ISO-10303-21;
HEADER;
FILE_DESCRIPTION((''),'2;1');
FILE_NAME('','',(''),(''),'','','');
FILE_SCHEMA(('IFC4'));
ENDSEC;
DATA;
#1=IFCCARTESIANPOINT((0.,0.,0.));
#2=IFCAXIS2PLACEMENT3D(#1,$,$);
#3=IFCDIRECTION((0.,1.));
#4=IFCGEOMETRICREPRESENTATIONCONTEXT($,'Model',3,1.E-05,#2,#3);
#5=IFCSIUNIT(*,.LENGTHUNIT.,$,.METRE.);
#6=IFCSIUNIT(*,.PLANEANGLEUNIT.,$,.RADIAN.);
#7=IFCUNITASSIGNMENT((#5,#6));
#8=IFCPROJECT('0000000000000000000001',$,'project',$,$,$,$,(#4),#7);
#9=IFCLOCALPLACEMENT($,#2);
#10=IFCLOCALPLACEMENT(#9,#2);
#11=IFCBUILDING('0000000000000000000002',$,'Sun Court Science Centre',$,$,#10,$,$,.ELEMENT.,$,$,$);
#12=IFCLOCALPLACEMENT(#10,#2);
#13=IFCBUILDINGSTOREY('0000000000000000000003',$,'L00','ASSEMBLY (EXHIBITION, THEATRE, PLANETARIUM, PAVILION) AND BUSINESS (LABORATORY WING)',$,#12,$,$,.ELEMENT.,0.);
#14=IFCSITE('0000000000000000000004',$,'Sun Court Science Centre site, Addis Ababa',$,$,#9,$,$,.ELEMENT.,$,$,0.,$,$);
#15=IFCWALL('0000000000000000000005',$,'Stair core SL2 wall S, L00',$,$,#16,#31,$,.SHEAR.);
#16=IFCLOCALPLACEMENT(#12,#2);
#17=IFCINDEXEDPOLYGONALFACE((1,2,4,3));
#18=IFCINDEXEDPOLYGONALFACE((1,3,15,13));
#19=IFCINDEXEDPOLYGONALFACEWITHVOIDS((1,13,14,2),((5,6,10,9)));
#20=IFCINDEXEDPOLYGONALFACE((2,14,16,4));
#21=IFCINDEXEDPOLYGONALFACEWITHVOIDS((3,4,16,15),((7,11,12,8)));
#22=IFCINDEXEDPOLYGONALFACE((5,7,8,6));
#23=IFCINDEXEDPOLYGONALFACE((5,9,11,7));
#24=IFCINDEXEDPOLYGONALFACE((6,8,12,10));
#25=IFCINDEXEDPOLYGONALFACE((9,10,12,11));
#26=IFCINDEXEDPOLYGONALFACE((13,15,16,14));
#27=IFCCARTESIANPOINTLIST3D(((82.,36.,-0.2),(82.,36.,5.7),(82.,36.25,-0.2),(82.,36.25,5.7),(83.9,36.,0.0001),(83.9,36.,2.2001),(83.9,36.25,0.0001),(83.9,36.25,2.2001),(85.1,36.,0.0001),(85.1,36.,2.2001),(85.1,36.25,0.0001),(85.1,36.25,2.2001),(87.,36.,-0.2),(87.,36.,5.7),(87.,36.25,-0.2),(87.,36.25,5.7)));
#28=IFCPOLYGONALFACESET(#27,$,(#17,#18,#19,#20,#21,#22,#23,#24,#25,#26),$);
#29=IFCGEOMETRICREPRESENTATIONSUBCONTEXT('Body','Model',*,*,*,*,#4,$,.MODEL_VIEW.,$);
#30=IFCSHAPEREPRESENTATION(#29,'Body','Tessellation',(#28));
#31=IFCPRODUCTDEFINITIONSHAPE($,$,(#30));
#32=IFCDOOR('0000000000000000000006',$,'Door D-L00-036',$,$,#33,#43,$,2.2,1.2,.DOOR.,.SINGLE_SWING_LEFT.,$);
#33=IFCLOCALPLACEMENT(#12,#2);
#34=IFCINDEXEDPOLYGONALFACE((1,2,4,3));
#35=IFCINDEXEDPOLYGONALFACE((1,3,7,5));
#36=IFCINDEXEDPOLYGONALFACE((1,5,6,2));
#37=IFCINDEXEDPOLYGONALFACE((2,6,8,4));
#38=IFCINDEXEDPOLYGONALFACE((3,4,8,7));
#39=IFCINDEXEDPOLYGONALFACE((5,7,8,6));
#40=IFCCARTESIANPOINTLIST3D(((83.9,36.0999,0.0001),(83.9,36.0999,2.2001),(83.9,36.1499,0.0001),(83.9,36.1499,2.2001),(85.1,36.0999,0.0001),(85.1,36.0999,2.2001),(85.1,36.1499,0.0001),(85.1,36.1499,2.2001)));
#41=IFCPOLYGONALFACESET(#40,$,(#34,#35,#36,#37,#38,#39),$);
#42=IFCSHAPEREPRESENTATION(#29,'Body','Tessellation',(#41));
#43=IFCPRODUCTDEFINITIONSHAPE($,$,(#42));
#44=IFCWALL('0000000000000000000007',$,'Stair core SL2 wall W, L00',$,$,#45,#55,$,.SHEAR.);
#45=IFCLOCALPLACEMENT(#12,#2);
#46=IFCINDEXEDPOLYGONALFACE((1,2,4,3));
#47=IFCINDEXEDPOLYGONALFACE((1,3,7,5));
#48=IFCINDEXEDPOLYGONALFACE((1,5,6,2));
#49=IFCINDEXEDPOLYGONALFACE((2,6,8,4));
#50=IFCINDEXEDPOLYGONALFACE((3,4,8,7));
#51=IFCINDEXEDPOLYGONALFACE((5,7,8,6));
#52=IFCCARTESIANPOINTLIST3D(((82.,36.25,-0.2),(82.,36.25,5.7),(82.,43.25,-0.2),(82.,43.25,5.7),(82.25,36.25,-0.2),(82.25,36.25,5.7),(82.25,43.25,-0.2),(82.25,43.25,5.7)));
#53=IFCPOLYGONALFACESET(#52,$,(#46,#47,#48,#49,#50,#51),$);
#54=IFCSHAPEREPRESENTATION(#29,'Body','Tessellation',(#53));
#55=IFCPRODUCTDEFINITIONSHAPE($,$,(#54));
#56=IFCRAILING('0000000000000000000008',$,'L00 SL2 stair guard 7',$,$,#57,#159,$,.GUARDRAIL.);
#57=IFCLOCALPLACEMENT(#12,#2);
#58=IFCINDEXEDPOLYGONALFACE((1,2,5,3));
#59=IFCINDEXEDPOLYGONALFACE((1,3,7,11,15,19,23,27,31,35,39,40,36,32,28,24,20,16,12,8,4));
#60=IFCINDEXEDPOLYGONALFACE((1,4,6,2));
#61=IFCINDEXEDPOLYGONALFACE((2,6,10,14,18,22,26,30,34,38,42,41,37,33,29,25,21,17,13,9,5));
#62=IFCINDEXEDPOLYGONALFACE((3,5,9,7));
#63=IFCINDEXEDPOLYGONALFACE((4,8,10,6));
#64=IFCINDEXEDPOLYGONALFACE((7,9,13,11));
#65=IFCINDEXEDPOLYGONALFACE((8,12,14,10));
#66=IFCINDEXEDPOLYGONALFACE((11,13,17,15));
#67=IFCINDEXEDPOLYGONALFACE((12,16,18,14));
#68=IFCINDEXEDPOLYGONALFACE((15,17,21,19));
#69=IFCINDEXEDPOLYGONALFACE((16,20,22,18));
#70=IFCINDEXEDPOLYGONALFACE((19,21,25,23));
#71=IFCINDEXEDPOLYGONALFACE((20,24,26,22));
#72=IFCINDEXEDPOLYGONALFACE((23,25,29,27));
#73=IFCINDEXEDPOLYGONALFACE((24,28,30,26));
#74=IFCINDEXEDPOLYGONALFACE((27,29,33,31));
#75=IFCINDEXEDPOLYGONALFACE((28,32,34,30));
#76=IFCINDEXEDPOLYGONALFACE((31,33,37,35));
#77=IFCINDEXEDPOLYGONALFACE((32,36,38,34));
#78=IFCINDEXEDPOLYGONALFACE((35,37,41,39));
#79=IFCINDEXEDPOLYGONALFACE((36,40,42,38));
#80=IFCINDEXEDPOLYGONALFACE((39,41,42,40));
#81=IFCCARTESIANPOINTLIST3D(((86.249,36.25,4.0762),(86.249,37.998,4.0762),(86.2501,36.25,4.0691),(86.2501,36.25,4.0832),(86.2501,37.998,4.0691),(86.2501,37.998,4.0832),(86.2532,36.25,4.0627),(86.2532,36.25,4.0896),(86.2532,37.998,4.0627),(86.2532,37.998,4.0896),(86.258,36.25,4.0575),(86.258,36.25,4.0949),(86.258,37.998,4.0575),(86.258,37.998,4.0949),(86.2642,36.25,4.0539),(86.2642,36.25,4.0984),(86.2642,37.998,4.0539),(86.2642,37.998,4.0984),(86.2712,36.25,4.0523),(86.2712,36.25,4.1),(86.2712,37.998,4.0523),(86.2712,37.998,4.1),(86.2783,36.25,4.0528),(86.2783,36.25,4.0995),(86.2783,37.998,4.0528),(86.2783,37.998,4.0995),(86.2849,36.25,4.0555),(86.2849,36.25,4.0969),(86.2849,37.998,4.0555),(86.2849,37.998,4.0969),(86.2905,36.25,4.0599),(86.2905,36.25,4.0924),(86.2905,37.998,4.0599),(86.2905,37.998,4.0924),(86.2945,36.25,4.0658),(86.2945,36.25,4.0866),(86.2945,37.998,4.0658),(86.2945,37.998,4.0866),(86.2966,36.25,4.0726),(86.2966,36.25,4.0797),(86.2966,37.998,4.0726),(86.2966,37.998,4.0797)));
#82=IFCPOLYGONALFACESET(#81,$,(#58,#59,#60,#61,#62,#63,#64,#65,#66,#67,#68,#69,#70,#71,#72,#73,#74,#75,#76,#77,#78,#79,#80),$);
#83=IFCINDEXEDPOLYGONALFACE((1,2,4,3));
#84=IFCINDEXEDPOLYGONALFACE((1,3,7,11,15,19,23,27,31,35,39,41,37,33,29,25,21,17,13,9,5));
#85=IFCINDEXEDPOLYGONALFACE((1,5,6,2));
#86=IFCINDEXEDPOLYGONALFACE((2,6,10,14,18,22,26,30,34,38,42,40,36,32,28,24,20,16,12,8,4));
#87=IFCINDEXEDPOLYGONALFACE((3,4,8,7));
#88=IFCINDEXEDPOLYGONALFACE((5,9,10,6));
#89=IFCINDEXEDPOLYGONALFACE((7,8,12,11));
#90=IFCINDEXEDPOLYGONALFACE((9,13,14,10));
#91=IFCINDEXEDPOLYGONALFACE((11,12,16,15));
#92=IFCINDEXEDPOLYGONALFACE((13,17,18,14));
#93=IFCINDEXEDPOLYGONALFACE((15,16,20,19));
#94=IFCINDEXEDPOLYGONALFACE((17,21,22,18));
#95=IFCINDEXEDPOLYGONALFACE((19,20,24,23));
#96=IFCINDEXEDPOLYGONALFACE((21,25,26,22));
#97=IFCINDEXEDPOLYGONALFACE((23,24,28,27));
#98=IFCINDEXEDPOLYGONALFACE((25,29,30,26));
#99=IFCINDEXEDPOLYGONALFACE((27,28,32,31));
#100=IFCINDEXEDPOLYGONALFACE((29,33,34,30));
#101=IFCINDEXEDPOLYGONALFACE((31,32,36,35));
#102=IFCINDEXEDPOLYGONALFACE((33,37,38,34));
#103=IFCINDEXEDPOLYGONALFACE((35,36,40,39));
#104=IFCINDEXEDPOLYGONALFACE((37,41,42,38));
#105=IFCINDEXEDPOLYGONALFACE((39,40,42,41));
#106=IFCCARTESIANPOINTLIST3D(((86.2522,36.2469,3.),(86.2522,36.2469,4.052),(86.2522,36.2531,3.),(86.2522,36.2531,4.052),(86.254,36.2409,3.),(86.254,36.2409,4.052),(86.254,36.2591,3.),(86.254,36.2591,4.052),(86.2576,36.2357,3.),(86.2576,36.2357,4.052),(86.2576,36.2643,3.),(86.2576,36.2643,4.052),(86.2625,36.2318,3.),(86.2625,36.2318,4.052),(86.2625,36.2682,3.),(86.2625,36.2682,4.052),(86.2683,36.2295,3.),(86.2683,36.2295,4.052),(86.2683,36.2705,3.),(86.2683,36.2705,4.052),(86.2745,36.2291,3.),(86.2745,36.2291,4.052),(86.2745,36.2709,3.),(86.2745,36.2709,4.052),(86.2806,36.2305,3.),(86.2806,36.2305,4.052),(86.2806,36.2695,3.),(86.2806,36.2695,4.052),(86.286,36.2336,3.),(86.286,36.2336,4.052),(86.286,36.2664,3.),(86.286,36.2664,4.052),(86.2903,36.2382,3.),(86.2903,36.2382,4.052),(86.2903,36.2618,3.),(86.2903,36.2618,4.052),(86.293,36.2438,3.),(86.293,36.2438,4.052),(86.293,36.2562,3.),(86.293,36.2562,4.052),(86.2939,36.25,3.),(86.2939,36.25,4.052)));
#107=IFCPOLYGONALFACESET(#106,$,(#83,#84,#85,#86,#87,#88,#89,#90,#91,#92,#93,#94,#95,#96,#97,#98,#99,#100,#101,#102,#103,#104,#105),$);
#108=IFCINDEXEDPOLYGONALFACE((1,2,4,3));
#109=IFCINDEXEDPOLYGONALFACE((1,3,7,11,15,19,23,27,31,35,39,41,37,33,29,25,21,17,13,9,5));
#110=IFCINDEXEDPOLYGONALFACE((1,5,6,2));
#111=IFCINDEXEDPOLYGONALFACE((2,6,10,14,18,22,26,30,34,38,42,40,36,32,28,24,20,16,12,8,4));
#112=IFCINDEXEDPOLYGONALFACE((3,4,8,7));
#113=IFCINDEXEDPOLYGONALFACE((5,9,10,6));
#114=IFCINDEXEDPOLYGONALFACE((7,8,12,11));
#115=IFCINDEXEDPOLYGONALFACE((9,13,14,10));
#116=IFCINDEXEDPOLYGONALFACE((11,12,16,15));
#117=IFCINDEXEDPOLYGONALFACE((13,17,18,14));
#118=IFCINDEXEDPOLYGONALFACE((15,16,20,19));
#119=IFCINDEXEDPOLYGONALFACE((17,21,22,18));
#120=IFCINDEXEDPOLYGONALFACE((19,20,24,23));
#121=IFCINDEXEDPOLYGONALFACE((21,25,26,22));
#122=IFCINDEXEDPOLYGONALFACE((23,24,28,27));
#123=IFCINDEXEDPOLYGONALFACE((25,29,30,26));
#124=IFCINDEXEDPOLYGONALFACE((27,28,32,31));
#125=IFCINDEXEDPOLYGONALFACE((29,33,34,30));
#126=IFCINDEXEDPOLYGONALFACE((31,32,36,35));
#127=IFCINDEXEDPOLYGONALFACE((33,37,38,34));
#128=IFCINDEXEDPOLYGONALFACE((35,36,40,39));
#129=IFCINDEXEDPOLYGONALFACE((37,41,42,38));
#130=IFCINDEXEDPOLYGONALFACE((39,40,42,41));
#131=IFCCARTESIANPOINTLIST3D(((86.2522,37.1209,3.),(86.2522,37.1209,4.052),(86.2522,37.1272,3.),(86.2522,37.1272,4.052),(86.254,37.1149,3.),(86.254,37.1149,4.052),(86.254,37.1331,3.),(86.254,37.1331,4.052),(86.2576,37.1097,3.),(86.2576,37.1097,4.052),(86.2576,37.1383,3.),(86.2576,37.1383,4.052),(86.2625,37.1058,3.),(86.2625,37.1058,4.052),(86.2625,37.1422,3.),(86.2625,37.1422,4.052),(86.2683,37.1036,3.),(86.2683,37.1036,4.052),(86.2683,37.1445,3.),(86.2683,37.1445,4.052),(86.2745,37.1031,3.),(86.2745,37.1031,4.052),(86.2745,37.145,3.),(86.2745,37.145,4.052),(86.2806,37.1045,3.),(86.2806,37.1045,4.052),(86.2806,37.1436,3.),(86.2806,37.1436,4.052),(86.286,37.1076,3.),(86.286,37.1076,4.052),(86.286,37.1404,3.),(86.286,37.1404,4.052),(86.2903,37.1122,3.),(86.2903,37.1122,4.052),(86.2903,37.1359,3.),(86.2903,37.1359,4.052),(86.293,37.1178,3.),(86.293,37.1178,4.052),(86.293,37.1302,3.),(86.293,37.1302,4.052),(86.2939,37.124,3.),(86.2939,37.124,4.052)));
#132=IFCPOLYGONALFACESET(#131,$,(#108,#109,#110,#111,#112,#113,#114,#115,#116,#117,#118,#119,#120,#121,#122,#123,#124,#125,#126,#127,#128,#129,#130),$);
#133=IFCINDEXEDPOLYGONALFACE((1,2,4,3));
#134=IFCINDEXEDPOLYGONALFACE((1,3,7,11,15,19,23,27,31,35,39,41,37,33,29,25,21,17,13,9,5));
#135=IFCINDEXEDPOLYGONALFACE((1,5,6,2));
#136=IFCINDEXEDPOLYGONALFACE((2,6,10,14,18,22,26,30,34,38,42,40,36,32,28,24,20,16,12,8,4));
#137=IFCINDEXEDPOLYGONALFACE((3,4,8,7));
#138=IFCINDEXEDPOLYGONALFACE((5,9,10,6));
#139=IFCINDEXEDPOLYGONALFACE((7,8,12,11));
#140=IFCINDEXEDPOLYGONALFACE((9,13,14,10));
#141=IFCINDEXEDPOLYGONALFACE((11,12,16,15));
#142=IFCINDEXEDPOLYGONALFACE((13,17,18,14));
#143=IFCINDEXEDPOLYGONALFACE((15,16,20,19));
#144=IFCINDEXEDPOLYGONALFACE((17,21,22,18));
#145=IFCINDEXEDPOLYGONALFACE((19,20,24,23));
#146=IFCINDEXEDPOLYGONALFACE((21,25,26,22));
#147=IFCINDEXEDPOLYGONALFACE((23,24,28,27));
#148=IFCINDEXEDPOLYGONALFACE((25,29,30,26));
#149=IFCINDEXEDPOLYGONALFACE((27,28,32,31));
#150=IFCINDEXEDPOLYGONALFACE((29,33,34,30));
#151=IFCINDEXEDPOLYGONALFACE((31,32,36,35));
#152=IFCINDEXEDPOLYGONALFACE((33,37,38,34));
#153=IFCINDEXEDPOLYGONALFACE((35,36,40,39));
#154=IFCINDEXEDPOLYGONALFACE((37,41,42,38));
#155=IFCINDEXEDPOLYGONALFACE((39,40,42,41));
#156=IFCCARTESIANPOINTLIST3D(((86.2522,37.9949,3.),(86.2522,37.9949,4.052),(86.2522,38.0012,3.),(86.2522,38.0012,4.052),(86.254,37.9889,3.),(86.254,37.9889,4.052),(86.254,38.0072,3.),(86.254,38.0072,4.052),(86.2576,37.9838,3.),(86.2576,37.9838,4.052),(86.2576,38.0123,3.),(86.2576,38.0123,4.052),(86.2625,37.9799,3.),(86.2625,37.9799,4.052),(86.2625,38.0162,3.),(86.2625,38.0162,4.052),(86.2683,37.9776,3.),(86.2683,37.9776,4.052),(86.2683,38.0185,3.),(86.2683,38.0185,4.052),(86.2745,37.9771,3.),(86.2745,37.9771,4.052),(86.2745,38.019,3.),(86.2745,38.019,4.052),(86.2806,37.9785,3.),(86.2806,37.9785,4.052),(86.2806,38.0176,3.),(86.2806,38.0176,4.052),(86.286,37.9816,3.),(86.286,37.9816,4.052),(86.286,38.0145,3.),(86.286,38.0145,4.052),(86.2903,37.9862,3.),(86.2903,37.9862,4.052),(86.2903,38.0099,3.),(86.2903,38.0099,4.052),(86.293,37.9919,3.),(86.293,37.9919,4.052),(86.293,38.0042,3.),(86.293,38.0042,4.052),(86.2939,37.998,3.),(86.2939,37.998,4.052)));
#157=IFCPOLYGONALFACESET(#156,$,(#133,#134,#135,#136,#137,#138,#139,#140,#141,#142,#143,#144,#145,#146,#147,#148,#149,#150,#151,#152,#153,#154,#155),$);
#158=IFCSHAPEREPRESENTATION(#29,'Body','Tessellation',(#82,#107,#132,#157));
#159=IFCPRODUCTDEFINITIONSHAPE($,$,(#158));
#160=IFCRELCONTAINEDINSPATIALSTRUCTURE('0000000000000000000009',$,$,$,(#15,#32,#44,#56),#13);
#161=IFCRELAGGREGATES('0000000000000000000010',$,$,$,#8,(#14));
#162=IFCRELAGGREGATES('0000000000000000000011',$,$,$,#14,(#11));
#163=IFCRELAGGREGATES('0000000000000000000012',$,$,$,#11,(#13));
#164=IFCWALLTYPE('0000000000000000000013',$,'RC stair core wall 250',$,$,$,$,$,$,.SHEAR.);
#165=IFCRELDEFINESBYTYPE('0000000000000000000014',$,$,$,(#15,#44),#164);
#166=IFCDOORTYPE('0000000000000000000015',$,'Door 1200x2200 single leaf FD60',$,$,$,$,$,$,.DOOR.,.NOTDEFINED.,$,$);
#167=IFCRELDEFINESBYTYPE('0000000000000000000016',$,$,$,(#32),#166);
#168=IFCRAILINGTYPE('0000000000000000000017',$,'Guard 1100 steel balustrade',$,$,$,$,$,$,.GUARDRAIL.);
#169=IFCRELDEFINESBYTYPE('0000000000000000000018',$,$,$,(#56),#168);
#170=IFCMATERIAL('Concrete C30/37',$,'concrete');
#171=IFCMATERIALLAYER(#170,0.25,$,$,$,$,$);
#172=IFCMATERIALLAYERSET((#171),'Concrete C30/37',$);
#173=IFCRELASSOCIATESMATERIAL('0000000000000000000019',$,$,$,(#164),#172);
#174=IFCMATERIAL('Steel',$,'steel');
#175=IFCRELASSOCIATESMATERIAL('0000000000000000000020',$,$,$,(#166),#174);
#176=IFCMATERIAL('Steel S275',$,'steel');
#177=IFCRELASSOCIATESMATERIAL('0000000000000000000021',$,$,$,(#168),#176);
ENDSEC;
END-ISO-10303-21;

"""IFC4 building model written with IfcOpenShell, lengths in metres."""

from ifc_helpers import new_model, si_unit, direction, frame, frame_2d, origin, origin_2d, place, context, subcontext, project, spatial, rectangle, circle, extrude, material, layer, layer_set, type_object, element, fill, save


model = new_model("IFC4")

# Units and contexts
model_context = context("Model", 3, precision=1e-05, world=origin(), true_north=direction((0.0, 1.0)))
body_context = subcontext(model_context, "Body", "Model", "MODEL_VIEW")
ifc_project = project(units=[si_unit("LENGTHUNIT", "METRE"), si_unit("PLANEANGLEUNIT", "RADIAN")], contexts=[model_context])

# Site, building, storey
site_placement = place(None, origin())
site = spatial("IfcSite", under=ifc_project, at=site_placement, Name="Sun Court Science Centre site, Addis Ababa", CompositionType="ELEMENT", RefElevation=0.0)
building_placement = place(site_placement, origin())
building = spatial("IfcBuilding", under=site, at=building_placement, Name="Sun Court Science Centre", CompositionType="ELEMENT")
storey_placement = place(building_placement, origin())
storey = spatial("IfcBuildingStorey", under=building, at=storey_placement, Name="L00", Description="ASSEMBLY (EXHIBITION, THEATRE, PLANETARIUM, PAVILION) AND BUSINESS (LABORATORY WING)", CompositionType="ELEMENT", Elevation=0.0)

# Wall, opening, door
ifc_material_1 = material(Name="Concrete C30/37", Category="concrete")
ifc_layer_1 = layer(ifc_material_1, 0.25)
ifc_layer_set_1 = layer_set([ifc_layer_1], Name="Concrete C30/37")
wall_type_1 = type_object("IfcWallType", Name="RC stair core wall 250", PredefinedType="SHEAR", material=ifc_layer_set_1)
wall_1_placement = place(storey_placement, frame((82.0, 36.125, -0.2), z_axis=(0.0, 0.0, 1.0), x_axis=(1.0, 0.0, 0.0)))
wall_1 = element("IfcWall", 1, at=wall_1_placement, inside=storey, type_object=wall_type_1, Name="Stair core SL2 wall S, L00", PredefinedType="SHEAR", context=body_context, shape_type="SweptSolid", body=[
    extrude(rectangle(XDim=5.0, YDim=0.25, at=frame_2d((2.5, 0.0))), origin(), (0.0, 0.0, 1.0), 5.8999),
])
opening_1_placement = place(wall_1_placement, frame((1.8999, 0.0, 0.2)))
opening_1 = element("IfcOpeningElement", 2, at=opening_1_placement, cuts=wall_1, PredefinedType="OPENING", context=body_context, shape_type="SweptSolid", body=[
    extrude(rectangle(XDim=1.2, YDim=2.2, at=frame_2d((0.6001, 1.1001))), frame((0.0, 0.135, 0.0), z_axis=(0.0, -1.0, 0.0), x_axis=(1.0, 0.0, 0.0)), (0.0, 0.0, 1.0), 0.27),
])
ifc_material_2 = material(Name="Steel", Category="steel")
door_type_1 = type_object("IfcDoorType", Name="Door 1200x2200 single leaf FD60", OperationType="NOTDEFINED", PredefinedType="DOOR", material=ifc_material_2)
door_1_placement = place(opening_1_placement, origin())
door_1 = element("IfcDoor", 3, at=door_1_placement, inside=storey, type_object=door_type_1, Name="Door D-L00-036", OperationType="SINGLE_SWING_LEFT", OverallHeight=2.2, OverallWidth=1.2, PredefinedType="DOOR", context=body_context, shape_type="SweptSolid", body=[
    extrude(rectangle(XDim=1.2, YDim=2.2, at=frame_2d((0.6001, 1.1001))), frame((0.0, 0.0249, 0.0), z_axis=(0.0, -1.0, 0.0), x_axis=(1.0, 0.0, 0.0)), (0.0, 0.0, 1.0), 0.05),
])
fill(opening_1, door_1)

# Wall
wall_2_placement = place(storey_placement, frame((82.125, 36.25, -0.2), z_axis=(0.0, 0.0, 1.0), x_axis=(0.0, 1.0, 0.0)))
element("IfcWall", 4, at=wall_2_placement, inside=storey, type_object=wall_type_1, Name="Stair core SL2 wall W, L00", PredefinedType="SHEAR", context=body_context, shape_type="SweptSolid", body=[
    extrude(rectangle(XDim=7.0, YDim=0.25, at=frame_2d((3.5, 0.0))), origin(), (0.0, 0.0, 1.0), 5.8999),
])

# Railing
ifc_material_3 = material(Name="Steel S275", Category="steel")
railing_type = type_object("IfcRailingType", Name="Guard 1100 steel balustrade", PredefinedType="GUARDRAIL", material=ifc_material_3)
for number, where, name in (
    (5, (86.2729, 36.25, 3.0), "L00 SL2 stair guard 7"),
):
    element("IfcRailing", number, at=place(storey_placement, frame(where)), inside=storey, type_object=railing_type, Name=name, PredefinedType="GUARDRAIL", context=body_context, shape_type="SweptSolid", body=[
        extrude(circle(Radius=0.0239, at=origin_2d()), frame((0.0, 0.0, 1.0762), z_axis=(0.0, 1.0, 0.0), x_axis=(-1.0, 0.0, 0.0)), (0.0, 0.0, 1.0), 1.748),
        extrude(circle(Radius=0.021, at=origin_2d()), origin(), (0.0, 0.0, 1.0), 1.052),
        extrude(circle(Radius=0.021, at=origin_2d()), frame((0.0, 0.874, 0.0)), (0.0, 0.0, 1.0), 1.052),
        extrude(circle(Radius=0.021, at=origin_2d()), frame((0.0, 1.748, 0.0)), (0.0, 0.0, 1.0), 1.052),
    ])

save(model, "model.ifc")
